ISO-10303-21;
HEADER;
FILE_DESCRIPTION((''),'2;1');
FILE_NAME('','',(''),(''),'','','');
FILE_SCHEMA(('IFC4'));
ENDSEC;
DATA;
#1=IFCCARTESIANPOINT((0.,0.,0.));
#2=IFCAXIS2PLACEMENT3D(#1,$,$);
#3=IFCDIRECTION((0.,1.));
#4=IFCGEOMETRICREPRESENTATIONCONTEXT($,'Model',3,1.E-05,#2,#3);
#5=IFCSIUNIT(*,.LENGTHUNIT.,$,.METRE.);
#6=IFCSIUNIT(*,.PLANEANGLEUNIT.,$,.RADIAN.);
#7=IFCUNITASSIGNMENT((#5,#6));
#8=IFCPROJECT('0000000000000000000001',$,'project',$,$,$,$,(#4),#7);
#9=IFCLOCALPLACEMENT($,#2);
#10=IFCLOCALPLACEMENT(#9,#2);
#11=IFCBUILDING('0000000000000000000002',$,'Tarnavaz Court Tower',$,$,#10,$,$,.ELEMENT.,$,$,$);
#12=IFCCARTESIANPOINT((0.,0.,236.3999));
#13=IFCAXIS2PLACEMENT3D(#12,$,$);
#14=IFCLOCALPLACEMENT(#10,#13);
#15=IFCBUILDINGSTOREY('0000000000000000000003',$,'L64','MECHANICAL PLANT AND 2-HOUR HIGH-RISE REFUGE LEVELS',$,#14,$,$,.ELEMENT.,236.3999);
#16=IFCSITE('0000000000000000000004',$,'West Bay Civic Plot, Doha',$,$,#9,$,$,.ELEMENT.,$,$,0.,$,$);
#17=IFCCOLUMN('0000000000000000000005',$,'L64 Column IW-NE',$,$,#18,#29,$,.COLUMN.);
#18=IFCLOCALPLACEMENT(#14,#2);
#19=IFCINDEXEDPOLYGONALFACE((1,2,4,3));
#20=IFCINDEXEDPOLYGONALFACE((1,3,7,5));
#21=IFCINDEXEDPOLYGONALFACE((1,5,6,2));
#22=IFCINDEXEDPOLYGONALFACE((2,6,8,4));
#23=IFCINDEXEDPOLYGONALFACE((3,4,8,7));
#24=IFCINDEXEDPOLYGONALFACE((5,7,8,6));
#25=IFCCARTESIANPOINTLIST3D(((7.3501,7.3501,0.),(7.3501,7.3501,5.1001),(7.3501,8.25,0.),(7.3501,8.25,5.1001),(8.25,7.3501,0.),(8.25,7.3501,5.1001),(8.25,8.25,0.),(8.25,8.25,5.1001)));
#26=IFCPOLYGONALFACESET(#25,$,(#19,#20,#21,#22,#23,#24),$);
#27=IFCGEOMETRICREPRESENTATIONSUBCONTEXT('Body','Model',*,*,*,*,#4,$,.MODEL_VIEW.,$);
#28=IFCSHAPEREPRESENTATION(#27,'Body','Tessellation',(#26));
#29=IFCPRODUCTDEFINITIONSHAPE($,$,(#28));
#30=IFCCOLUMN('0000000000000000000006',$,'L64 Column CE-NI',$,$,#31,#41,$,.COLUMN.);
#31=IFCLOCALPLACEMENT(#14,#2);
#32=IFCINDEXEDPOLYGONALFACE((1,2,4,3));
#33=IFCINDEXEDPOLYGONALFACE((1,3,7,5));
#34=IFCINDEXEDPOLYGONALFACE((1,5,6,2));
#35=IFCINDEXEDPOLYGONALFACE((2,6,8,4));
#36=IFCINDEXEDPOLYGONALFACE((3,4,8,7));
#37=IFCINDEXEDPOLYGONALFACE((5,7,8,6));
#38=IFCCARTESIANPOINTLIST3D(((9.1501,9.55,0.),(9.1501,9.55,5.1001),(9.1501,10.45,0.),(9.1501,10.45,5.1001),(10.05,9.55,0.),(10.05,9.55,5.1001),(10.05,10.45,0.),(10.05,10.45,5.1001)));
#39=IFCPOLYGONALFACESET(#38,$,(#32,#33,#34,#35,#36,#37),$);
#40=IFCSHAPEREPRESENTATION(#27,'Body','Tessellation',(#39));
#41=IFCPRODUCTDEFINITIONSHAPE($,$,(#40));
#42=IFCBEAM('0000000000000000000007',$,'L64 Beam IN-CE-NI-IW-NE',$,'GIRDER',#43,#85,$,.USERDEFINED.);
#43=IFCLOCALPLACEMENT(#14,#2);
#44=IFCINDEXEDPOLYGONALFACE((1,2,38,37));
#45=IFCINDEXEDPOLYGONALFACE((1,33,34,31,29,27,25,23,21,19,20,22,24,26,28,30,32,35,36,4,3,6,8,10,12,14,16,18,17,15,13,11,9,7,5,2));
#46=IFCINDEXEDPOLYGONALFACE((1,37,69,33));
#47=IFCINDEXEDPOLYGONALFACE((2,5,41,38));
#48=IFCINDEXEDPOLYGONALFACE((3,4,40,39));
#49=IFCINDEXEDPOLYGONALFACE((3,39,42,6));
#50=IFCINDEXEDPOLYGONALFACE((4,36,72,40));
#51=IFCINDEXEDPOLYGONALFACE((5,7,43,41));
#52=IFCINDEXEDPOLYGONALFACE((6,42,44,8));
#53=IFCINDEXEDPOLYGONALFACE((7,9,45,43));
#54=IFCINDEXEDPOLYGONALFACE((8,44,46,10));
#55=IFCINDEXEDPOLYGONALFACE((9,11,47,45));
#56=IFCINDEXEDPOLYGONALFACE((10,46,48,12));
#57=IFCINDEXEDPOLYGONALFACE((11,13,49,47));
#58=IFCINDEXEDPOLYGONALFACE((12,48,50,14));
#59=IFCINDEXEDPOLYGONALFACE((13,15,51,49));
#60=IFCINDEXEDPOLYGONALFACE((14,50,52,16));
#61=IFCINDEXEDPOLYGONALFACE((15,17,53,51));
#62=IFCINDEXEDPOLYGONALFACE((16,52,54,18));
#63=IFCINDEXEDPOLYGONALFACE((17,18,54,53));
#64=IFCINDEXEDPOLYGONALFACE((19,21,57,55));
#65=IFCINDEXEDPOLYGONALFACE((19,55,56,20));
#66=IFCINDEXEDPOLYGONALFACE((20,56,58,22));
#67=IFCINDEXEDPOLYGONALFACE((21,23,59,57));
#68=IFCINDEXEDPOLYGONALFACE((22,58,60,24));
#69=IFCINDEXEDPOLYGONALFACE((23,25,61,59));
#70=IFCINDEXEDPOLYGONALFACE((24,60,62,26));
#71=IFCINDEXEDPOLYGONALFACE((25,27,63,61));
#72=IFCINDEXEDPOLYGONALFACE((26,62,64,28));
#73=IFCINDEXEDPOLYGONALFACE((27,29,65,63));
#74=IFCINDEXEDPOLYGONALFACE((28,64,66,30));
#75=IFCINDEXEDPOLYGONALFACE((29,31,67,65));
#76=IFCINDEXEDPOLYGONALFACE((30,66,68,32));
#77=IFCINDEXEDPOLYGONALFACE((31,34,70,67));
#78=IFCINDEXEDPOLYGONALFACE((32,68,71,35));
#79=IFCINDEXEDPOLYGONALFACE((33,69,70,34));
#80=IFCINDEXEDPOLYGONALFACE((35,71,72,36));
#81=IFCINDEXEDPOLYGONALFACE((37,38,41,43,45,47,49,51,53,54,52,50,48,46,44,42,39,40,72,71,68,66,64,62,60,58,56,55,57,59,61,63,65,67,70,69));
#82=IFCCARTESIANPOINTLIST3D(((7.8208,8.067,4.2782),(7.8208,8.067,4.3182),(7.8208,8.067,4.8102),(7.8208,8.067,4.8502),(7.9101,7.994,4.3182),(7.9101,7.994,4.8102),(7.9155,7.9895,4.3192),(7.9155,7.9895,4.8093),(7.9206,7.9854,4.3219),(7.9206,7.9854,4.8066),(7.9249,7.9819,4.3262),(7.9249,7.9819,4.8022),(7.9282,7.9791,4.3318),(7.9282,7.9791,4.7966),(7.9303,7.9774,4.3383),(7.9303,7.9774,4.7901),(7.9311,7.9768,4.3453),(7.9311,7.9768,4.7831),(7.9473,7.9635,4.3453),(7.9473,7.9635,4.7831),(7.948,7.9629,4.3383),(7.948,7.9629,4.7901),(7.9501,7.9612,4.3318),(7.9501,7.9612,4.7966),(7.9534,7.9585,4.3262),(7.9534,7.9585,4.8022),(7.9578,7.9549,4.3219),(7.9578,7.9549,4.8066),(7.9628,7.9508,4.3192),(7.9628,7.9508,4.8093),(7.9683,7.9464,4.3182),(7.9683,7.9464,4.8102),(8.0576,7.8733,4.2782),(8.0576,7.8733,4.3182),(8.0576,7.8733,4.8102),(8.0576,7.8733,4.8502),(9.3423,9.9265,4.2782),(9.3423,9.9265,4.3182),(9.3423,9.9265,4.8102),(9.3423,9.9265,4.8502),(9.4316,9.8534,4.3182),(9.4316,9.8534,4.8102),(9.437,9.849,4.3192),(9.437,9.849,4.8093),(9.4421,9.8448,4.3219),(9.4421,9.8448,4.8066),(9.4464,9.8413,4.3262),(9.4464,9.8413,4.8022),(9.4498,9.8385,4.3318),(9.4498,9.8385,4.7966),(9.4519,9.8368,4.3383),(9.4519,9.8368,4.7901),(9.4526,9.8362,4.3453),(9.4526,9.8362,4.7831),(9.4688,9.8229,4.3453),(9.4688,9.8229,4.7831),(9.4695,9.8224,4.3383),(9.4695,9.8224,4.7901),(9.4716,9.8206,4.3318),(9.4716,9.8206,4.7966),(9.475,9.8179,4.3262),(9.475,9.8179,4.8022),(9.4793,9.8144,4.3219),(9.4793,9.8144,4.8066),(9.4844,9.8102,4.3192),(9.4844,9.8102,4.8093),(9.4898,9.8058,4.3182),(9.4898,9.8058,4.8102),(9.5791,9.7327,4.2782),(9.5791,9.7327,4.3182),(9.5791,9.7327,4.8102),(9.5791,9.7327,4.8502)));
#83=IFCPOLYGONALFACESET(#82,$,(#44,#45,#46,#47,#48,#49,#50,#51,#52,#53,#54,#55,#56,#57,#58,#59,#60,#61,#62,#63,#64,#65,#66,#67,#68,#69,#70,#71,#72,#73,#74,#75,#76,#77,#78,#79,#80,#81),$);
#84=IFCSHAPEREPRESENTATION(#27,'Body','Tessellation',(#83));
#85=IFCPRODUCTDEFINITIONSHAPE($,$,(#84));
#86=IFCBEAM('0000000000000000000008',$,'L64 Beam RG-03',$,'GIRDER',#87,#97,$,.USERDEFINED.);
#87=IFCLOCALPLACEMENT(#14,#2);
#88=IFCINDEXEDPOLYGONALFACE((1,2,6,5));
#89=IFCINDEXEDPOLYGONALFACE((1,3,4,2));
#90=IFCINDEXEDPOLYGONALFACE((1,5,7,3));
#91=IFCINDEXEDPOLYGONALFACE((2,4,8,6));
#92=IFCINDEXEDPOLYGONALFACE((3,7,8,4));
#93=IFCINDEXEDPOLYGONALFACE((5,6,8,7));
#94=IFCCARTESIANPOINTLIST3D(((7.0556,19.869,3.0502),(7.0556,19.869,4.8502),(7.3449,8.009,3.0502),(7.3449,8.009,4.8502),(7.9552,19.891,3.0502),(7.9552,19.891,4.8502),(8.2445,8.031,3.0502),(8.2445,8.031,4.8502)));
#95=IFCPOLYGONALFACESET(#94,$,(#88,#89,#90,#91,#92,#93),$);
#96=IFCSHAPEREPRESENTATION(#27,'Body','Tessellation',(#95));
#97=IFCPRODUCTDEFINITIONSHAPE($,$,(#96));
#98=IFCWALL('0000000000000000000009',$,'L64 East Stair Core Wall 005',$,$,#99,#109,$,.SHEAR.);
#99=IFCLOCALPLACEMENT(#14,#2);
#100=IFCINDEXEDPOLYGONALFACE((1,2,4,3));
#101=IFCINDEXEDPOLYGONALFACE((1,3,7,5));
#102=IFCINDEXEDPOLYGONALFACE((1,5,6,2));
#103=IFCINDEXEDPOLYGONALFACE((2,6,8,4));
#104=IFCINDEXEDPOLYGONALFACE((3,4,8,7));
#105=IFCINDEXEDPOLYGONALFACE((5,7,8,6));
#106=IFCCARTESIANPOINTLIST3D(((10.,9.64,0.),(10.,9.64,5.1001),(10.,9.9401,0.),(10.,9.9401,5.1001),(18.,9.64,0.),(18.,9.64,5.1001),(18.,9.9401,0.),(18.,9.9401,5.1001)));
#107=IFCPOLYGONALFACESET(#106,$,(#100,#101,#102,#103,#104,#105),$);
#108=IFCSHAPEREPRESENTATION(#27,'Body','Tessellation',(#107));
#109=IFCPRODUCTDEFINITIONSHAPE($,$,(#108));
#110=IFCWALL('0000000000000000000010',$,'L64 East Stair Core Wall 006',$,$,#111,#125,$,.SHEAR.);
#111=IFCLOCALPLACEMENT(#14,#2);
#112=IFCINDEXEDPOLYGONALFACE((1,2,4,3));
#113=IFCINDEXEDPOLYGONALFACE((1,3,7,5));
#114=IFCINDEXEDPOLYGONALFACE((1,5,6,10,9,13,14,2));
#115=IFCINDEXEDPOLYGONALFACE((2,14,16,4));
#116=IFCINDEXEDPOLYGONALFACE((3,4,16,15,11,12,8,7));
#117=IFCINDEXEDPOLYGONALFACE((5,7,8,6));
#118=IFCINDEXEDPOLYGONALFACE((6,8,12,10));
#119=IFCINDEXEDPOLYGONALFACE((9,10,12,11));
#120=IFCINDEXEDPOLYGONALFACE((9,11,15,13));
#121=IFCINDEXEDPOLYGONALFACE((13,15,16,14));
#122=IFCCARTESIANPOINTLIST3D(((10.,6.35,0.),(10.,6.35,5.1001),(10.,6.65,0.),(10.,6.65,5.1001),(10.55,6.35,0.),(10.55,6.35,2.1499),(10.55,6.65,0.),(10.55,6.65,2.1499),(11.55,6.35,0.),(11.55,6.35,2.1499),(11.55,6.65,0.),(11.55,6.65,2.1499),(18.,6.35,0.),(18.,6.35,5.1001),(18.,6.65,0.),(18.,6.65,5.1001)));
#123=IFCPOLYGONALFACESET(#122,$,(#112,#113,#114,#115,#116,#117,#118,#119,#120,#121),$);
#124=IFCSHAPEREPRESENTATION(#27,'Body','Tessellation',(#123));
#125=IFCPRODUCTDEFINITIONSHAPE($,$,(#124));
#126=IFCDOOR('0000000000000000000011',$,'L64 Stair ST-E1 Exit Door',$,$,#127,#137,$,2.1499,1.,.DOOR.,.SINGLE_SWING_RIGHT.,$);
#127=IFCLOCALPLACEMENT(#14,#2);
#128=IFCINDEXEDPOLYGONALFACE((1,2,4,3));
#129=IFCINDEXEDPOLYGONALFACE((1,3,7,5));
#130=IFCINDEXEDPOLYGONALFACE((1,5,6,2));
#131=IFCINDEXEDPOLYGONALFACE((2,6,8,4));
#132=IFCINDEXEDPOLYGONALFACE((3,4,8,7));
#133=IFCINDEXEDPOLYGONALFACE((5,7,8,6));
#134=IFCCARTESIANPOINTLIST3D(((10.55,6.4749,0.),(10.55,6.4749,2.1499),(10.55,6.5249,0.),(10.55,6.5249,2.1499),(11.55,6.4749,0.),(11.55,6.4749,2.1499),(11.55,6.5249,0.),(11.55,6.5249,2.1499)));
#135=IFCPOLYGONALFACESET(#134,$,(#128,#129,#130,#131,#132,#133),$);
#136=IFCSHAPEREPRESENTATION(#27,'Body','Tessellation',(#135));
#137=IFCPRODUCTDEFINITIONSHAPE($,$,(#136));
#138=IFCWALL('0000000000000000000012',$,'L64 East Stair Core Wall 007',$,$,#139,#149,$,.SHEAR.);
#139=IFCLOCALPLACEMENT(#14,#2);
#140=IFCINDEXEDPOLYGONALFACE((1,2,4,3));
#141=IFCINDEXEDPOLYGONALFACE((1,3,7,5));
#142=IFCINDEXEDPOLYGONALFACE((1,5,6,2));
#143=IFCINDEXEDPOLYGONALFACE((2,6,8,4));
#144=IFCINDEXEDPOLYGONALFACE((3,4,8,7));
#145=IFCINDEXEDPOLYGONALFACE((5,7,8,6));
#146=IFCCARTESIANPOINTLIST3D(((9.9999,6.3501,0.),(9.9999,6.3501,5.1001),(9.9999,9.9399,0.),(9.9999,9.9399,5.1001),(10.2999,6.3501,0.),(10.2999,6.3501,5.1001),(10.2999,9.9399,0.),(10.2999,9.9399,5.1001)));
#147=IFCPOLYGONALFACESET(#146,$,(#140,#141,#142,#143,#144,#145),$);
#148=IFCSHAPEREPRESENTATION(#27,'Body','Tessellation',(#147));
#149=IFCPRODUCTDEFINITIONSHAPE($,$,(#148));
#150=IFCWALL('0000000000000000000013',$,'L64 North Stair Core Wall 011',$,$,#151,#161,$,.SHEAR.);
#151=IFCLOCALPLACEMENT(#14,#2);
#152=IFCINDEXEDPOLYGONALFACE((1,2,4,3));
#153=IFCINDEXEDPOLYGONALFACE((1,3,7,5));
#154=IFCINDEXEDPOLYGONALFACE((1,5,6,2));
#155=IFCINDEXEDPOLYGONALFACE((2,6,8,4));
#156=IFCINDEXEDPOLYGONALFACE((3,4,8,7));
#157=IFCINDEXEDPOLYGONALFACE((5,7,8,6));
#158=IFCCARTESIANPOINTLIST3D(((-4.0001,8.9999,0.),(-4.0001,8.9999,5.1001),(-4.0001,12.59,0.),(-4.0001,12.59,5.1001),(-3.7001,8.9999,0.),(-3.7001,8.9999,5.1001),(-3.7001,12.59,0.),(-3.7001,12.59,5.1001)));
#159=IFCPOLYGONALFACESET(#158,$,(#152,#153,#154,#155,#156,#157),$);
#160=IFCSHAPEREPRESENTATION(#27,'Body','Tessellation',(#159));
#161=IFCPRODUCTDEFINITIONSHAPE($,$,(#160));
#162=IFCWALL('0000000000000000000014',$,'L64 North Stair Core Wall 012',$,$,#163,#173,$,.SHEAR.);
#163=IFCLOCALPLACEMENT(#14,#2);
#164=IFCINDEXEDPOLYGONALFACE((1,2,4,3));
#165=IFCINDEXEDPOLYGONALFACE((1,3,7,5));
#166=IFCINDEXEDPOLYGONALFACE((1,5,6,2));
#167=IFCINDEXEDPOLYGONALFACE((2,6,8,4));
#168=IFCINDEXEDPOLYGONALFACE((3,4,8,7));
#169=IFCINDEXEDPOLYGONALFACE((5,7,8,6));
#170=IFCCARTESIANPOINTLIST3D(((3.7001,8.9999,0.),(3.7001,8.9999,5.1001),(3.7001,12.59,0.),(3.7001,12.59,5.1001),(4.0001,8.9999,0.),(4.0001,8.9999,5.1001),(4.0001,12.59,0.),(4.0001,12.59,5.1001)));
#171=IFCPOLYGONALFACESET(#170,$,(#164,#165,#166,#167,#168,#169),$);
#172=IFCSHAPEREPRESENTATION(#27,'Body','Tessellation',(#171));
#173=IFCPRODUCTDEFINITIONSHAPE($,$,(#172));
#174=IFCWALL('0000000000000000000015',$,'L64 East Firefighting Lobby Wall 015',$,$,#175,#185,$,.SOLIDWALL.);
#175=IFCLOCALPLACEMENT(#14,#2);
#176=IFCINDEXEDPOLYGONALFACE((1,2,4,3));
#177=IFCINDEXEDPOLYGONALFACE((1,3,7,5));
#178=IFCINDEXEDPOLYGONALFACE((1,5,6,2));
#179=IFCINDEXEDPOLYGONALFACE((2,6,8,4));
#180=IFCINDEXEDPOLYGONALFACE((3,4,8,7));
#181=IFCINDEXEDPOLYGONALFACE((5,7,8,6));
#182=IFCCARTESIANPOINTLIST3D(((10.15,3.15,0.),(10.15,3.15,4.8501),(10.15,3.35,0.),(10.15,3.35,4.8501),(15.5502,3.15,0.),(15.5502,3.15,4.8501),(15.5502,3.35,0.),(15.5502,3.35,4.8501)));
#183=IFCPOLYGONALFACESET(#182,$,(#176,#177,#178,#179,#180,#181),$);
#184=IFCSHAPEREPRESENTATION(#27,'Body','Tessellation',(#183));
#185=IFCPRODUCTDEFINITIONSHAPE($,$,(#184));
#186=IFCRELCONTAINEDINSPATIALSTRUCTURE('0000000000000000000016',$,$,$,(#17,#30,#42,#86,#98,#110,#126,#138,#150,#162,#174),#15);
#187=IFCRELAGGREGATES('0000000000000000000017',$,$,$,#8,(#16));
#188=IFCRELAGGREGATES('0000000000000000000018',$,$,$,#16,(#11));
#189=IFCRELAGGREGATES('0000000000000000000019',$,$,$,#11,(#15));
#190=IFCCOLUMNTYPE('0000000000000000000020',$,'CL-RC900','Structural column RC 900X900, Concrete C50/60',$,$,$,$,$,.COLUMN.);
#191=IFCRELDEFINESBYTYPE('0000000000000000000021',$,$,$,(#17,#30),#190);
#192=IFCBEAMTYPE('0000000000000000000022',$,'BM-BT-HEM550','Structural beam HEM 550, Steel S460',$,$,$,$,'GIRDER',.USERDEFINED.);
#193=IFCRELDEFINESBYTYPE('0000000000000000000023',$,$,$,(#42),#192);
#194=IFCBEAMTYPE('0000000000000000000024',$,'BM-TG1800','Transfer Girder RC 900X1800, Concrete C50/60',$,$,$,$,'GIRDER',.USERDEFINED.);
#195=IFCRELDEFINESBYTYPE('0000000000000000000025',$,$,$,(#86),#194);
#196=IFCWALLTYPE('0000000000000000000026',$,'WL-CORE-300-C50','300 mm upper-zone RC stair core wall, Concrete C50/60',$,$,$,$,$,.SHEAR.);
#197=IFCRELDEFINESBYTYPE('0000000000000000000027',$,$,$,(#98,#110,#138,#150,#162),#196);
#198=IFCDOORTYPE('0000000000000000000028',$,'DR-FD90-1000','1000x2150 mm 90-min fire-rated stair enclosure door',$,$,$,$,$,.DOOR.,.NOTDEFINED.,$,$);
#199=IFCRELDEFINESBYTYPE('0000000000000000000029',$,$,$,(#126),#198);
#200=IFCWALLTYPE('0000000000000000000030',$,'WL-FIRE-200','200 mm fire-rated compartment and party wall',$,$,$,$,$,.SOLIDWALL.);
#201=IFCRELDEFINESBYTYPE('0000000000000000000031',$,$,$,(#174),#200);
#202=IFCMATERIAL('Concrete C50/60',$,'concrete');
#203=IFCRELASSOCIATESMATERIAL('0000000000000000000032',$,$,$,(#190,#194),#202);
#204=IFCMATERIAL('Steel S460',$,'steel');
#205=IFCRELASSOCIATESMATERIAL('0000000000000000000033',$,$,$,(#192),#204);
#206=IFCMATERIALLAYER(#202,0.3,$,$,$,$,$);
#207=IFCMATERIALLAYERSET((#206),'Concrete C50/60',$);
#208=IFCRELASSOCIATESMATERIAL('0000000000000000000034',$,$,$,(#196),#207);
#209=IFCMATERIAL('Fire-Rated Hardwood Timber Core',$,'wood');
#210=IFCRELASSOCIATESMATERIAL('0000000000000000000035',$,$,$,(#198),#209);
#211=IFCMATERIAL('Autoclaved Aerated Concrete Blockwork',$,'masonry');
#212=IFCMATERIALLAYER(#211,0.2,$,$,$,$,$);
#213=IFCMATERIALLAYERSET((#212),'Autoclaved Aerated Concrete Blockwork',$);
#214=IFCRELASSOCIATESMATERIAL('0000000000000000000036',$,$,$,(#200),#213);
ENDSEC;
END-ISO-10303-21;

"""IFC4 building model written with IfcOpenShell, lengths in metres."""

from ifc_helpers import new_model, si_unit, direction, frame, frame_2d, origin, origin_2d, place, context, subcontext, project, spatial, rectangle, i_section, extrude, material, layer, layer_set, material_profile, profile_set, type_object, element, fill, save


model = new_model("IFC4")

# Units and contexts
model_context = context("Model", 3, precision=1e-05, world=origin(), true_north=direction((0.0, 1.0)))
body_context = subcontext(model_context, "Body", "Model", "MODEL_VIEW")
ifc_project = project(units=[si_unit("LENGTHUNIT", "METRE"), si_unit("PLANEANGLEUNIT", "RADIAN")], contexts=[model_context])

# Site, building, storey
site_placement = place(None, origin())
site = spatial("IfcSite", under=ifc_project, at=site_placement, Name="West Bay Civic Plot, Doha", CompositionType="ELEMENT", RefElevation=0.0)
building_placement = place(site_placement, origin())
building = spatial("IfcBuilding", under=site, at=building_placement, Name="Tarnavaz Court Tower", CompositionType="ELEMENT")
storey_placement = place(building_placement, frame((0.0, 0.0, 236.3999)))
storey = spatial("IfcBuildingStorey", under=building, at=storey_placement, Name="L64", Description="MECHANICAL PLANT AND 2-HOUR HIGH-RISE REFUGE LEVELS", CompositionType="ELEMENT", Elevation=236.3999)

# Columns
ifc_material_1 = material(Name="Concrete C50/60", Category="concrete")
ifc_material_profile_1 = material_profile(ifc_material_1, rectangle(XDim=0.8999, YDim=0.8999, at=origin_2d()), Name="RC 900X900")
ifc_profile_set_1 = profile_set([ifc_material_profile_1], Name="Concrete C50/60")
column_type = type_object("IfcColumnType", Name="CL-RC900", Description="Structural column RC 900X900, Concrete C50/60", PredefinedType="COLUMN", material=ifc_profile_set_1)
for number, where, z_axis, x_axis, name in (
    (1, (7.8, 7.8, 0.0), (0.0, 0.0, 1.0), (1.0, 0.0, 0.0), "L64 Column IW-NE"),
    (2, (9.6001, 10.0, 0.0), (0.0, 0.0, 1.0), (1.0, 0.0, 0.0), "L64 Column CE-NI"),
):
    element("IfcColumn", number, at=place(storey_placement, frame(where, z_axis=z_axis, x_axis=x_axis)), inside=storey, type_object=column_type, Name=name, PredefinedType="COLUMN", context=body_context, shape_type="SweptSolid", body=[
        extrude(rectangle(XDim=0.8999, YDim=0.8999, at=origin_2d()), origin(), (0.0, 0.0, 1.0), 5.1001),
    ])

# Beams
ifc_material_2 = material(Name="Steel S460", Category="steel")
ifc_material_profile_2 = material_profile(ifc_material_2, i_section(OverallWidth=0.3059, OverallDepth=0.572, WebThickness=0.021, FlangeThickness=0.04, FilletRadius=0.0271, at=origin_2d()), Name="HEM 550")
ifc_profile_set_2 = profile_set([ifc_material_profile_2], Name="Steel S460")
beam_type_1 = type_object("IfcBeamType", Name="BM-BT-HEM550", Description="Structural beam HEM 550, Steel S460", ElementType="GIRDER", PredefinedType="USERDEFINED", material=ifc_profile_set_2)
beam_1_placement = place(storey_placement, frame((9.4607, 9.8296, 4.5642), z_axis=(-0.633282, -0.773921, 0.0), x_axis=(0.773921, -0.633282, 0.0)))
element("IfcBeam", 3, at=beam_1_placement, inside=storey, type_object=beam_type_1, Name="L64 Beam IN-CE-NI-IW-NE", ObjectType="GIRDER", PredefinedType="USERDEFINED", context=body_context, shape_type="SweptSolid", body=[
    extrude(i_section(OverallWidth=0.3059, OverallDepth=0.572, WebThickness=0.021, FlangeThickness=0.04, FilletRadius=0.0271, at=origin_2d()), origin(), (0.0, 0.0, 1.0), 2.4026),
])
ifc_material_profile_3 = material_profile(ifc_material_1, rectangle(XDim=0.8999, YDim=1.8, at=origin_2d()), Name="RC 900X1800")
ifc_profile_set_3 = profile_set([ifc_material_profile_3], Name="Concrete C50/60")
beam_type_2 = type_object("IfcBeamType", Name="BM-TG1800", Description="Transfer Girder RC 900X1800, Concrete C50/60", ElementType="GIRDER", PredefinedType="USERDEFINED", material=ifc_profile_set_3)
beam_2_placement = place(storey_placement, frame((7.7947, 8.02, 3.9502), z_axis=(-0.024386, 0.999703, 0.0), x_axis=(-0.999703, -0.024386, 0.0)))
element("IfcBeam", 4, at=beam_2_placement, inside=storey, type_object=beam_type_2, Name="L64 Beam RG-03", ObjectType="GIRDER", PredefinedType="USERDEFINED", context=body_context, shape_type="SweptSolid", body=[
    extrude(rectangle(XDim=0.8999, YDim=1.8, at=origin_2d()), origin(), (0.0, 0.0, 1.0), 11.8635),
])

# Wall
ifc_layer_1 = layer(ifc_material_1, 0.3)
ifc_layer_set_1 = layer_set([ifc_layer_1], Name="Concrete C50/60")
wall_type_1 = type_object("IfcWallType", Name="WL-CORE-300-C50", Description="300 mm upper-zone RC stair core wall, Concrete C50/60", PredefinedType="SHEAR", material=ifc_layer_set_1)
wall_1_placement = place(storey_placement, frame((10.0, 9.79, 0.0), z_axis=(0.0, 0.0, 1.0), x_axis=(1.0, 0.0, 0.0)))
element("IfcWall", 5, at=wall_1_placement, inside=storey, type_object=wall_type_1, Name="L64 East Stair Core Wall 005", PredefinedType="SHEAR", context=body_context, shape_type="SweptSolid", body=[
    extrude(rectangle(XDim=8.0, YDim=0.3, at=frame_2d((4.0, 0.0))), origin(), (0.0, 0.0, 1.0), 5.1001),
])

# Wall, opening, door
wall_2_placement = place(storey_placement, frame((10.0, 6.5, 0.0), z_axis=(0.0, 0.0, 1.0), x_axis=(1.0, 0.0, 0.0)))
wall_2 = element("IfcWall", 6, at=wall_2_placement, inside=storey, type_object=wall_type_1, Name="L64 East Stair Core Wall 006", PredefinedType="SHEAR", context=body_context, shape_type="SweptSolid", body=[
    extrude(rectangle(XDim=8.0, YDim=0.3, at=frame_2d((4.0, 0.0))), origin(), (0.0, 0.0, 1.0), 5.1001),
])
opening_1_placement = place(wall_2_placement, frame((0.55, 0.0, 0.0)))
opening_1 = element("IfcOpeningElement", 7, at=opening_1_placement, cuts=wall_2, PredefinedType="OPENING", context=body_context, shape_type="SweptSolid", body=[
    extrude(rectangle(XDim=1.0, YDim=2.1499, at=frame_2d((0.5, 1.075))), frame((0.0, 0.1599, 0.0), z_axis=(0.0, -1.0, 0.0), x_axis=(1.0, 0.0, 0.0)), (0.0, 0.0, 1.0), 0.3201),
])
ifc_material_3 = material(Name="Fire-Rated Hardwood Timber Core", Category="wood")
door_type_1 = type_object("IfcDoorType", Name="DR-FD90-1000", Description="1000x2150 mm 90-min fire-rated stair enclosure door", OperationType="NOTDEFINED", PredefinedType="DOOR", material=ifc_material_3)
door_1_placement = place(opening_1_placement, origin())
door_1 = element("IfcDoor", 8, at=door_1_placement, inside=storey, type_object=door_type_1, Name="L64 Stair ST-E1 Exit Door", OperationType="SINGLE_SWING_RIGHT", OverallHeight=2.1499, OverallWidth=1.0, PredefinedType="DOOR", context=body_context, shape_type="SweptSolid", body=[
    extrude(rectangle(XDim=1.0, YDim=2.1499, at=frame_2d((0.5, 1.075))), frame((0.0, 0.0249, 0.0), z_axis=(0.0, -1.0, 0.0), x_axis=(1.0, 0.0, 0.0)), (0.0, 0.0, 1.0), 0.05),
])
fill(opening_1, door_1)

# Walls
wall_3_placement = place(storey_placement, frame((10.1499, 6.3501, 0.0), z_axis=(0.0, 0.0, 1.0), x_axis=(0.0, 1.0, 0.0)))
element("IfcWall", 9, at=wall_3_placement, inside=storey, type_object=wall_type_1, Name="L64 East Stair Core Wall 007", PredefinedType="SHEAR", context=body_context, shape_type="SweptSolid", body=[
    extrude(rectangle(XDim=3.5898, YDim=0.3, at=frame_2d((1.7949, 0.0))), origin(), (0.0, 0.0, 1.0), 5.1001),
])
for number, where, z_axis, x_axis, name in (
    (10, (-3.8501, 9.0, 0.0), (0.0, 0.0, 1.0), (0.0, 1.0, 0.0), "L64 North Stair Core Wall 011"),
    (11, (3.8501, 9.0, 0.0), (0.0, 0.0, 1.0), (0.0, 1.0, 0.0), "L64 North Stair Core Wall 012"),
):
    element("IfcWall", number, at=place(storey_placement, frame(where, z_axis=z_axis, x_axis=x_axis)), inside=storey, type_object=wall_type_1, Name=name, PredefinedType="SHEAR", context=body_context, shape_type="SweptSolid", body=[
        extrude(rectangle(XDim=3.5901, YDim=0.3, at=frame_2d((1.7949, 0.0))), origin(), (0.0, 0.0, 1.0), 5.1001),
    ])
ifc_material_4 = material(Name="Autoclaved Aerated Concrete Blockwork", Category="masonry")
ifc_layer_2 = layer(ifc_material_4, 0.2)
ifc_layer_set_2 = layer_set([ifc_layer_2], Name="Autoclaved Aerated Concrete Blockwork")
wall_type_2 = type_object("IfcWallType", Name="WL-FIRE-200", Description="200 mm fire-rated compartment and party wall", PredefinedType="SOLIDWALL", material=ifc_layer_set_2)
wall_4_placement = place(storey_placement, frame((10.1499, 3.25, 0.0), z_axis=(0.0, 0.0, 1.0), x_axis=(1.0, 0.0, 0.0)))
element("IfcWall", 12, at=wall_4_placement, inside=storey, type_object=wall_type_2, Name="L64 East Firefighting Lobby Wall 015", PredefinedType="SOLIDWALL", context=body_context, shape_type="SweptSolid", body=[
    extrude(rectangle(XDim=5.4001, YDim=0.2, at=frame_2d((2.7002, 0.0))), origin(), (0.0, 0.0, 1.0), 4.8501),
])

save(model, "model.ifc")
